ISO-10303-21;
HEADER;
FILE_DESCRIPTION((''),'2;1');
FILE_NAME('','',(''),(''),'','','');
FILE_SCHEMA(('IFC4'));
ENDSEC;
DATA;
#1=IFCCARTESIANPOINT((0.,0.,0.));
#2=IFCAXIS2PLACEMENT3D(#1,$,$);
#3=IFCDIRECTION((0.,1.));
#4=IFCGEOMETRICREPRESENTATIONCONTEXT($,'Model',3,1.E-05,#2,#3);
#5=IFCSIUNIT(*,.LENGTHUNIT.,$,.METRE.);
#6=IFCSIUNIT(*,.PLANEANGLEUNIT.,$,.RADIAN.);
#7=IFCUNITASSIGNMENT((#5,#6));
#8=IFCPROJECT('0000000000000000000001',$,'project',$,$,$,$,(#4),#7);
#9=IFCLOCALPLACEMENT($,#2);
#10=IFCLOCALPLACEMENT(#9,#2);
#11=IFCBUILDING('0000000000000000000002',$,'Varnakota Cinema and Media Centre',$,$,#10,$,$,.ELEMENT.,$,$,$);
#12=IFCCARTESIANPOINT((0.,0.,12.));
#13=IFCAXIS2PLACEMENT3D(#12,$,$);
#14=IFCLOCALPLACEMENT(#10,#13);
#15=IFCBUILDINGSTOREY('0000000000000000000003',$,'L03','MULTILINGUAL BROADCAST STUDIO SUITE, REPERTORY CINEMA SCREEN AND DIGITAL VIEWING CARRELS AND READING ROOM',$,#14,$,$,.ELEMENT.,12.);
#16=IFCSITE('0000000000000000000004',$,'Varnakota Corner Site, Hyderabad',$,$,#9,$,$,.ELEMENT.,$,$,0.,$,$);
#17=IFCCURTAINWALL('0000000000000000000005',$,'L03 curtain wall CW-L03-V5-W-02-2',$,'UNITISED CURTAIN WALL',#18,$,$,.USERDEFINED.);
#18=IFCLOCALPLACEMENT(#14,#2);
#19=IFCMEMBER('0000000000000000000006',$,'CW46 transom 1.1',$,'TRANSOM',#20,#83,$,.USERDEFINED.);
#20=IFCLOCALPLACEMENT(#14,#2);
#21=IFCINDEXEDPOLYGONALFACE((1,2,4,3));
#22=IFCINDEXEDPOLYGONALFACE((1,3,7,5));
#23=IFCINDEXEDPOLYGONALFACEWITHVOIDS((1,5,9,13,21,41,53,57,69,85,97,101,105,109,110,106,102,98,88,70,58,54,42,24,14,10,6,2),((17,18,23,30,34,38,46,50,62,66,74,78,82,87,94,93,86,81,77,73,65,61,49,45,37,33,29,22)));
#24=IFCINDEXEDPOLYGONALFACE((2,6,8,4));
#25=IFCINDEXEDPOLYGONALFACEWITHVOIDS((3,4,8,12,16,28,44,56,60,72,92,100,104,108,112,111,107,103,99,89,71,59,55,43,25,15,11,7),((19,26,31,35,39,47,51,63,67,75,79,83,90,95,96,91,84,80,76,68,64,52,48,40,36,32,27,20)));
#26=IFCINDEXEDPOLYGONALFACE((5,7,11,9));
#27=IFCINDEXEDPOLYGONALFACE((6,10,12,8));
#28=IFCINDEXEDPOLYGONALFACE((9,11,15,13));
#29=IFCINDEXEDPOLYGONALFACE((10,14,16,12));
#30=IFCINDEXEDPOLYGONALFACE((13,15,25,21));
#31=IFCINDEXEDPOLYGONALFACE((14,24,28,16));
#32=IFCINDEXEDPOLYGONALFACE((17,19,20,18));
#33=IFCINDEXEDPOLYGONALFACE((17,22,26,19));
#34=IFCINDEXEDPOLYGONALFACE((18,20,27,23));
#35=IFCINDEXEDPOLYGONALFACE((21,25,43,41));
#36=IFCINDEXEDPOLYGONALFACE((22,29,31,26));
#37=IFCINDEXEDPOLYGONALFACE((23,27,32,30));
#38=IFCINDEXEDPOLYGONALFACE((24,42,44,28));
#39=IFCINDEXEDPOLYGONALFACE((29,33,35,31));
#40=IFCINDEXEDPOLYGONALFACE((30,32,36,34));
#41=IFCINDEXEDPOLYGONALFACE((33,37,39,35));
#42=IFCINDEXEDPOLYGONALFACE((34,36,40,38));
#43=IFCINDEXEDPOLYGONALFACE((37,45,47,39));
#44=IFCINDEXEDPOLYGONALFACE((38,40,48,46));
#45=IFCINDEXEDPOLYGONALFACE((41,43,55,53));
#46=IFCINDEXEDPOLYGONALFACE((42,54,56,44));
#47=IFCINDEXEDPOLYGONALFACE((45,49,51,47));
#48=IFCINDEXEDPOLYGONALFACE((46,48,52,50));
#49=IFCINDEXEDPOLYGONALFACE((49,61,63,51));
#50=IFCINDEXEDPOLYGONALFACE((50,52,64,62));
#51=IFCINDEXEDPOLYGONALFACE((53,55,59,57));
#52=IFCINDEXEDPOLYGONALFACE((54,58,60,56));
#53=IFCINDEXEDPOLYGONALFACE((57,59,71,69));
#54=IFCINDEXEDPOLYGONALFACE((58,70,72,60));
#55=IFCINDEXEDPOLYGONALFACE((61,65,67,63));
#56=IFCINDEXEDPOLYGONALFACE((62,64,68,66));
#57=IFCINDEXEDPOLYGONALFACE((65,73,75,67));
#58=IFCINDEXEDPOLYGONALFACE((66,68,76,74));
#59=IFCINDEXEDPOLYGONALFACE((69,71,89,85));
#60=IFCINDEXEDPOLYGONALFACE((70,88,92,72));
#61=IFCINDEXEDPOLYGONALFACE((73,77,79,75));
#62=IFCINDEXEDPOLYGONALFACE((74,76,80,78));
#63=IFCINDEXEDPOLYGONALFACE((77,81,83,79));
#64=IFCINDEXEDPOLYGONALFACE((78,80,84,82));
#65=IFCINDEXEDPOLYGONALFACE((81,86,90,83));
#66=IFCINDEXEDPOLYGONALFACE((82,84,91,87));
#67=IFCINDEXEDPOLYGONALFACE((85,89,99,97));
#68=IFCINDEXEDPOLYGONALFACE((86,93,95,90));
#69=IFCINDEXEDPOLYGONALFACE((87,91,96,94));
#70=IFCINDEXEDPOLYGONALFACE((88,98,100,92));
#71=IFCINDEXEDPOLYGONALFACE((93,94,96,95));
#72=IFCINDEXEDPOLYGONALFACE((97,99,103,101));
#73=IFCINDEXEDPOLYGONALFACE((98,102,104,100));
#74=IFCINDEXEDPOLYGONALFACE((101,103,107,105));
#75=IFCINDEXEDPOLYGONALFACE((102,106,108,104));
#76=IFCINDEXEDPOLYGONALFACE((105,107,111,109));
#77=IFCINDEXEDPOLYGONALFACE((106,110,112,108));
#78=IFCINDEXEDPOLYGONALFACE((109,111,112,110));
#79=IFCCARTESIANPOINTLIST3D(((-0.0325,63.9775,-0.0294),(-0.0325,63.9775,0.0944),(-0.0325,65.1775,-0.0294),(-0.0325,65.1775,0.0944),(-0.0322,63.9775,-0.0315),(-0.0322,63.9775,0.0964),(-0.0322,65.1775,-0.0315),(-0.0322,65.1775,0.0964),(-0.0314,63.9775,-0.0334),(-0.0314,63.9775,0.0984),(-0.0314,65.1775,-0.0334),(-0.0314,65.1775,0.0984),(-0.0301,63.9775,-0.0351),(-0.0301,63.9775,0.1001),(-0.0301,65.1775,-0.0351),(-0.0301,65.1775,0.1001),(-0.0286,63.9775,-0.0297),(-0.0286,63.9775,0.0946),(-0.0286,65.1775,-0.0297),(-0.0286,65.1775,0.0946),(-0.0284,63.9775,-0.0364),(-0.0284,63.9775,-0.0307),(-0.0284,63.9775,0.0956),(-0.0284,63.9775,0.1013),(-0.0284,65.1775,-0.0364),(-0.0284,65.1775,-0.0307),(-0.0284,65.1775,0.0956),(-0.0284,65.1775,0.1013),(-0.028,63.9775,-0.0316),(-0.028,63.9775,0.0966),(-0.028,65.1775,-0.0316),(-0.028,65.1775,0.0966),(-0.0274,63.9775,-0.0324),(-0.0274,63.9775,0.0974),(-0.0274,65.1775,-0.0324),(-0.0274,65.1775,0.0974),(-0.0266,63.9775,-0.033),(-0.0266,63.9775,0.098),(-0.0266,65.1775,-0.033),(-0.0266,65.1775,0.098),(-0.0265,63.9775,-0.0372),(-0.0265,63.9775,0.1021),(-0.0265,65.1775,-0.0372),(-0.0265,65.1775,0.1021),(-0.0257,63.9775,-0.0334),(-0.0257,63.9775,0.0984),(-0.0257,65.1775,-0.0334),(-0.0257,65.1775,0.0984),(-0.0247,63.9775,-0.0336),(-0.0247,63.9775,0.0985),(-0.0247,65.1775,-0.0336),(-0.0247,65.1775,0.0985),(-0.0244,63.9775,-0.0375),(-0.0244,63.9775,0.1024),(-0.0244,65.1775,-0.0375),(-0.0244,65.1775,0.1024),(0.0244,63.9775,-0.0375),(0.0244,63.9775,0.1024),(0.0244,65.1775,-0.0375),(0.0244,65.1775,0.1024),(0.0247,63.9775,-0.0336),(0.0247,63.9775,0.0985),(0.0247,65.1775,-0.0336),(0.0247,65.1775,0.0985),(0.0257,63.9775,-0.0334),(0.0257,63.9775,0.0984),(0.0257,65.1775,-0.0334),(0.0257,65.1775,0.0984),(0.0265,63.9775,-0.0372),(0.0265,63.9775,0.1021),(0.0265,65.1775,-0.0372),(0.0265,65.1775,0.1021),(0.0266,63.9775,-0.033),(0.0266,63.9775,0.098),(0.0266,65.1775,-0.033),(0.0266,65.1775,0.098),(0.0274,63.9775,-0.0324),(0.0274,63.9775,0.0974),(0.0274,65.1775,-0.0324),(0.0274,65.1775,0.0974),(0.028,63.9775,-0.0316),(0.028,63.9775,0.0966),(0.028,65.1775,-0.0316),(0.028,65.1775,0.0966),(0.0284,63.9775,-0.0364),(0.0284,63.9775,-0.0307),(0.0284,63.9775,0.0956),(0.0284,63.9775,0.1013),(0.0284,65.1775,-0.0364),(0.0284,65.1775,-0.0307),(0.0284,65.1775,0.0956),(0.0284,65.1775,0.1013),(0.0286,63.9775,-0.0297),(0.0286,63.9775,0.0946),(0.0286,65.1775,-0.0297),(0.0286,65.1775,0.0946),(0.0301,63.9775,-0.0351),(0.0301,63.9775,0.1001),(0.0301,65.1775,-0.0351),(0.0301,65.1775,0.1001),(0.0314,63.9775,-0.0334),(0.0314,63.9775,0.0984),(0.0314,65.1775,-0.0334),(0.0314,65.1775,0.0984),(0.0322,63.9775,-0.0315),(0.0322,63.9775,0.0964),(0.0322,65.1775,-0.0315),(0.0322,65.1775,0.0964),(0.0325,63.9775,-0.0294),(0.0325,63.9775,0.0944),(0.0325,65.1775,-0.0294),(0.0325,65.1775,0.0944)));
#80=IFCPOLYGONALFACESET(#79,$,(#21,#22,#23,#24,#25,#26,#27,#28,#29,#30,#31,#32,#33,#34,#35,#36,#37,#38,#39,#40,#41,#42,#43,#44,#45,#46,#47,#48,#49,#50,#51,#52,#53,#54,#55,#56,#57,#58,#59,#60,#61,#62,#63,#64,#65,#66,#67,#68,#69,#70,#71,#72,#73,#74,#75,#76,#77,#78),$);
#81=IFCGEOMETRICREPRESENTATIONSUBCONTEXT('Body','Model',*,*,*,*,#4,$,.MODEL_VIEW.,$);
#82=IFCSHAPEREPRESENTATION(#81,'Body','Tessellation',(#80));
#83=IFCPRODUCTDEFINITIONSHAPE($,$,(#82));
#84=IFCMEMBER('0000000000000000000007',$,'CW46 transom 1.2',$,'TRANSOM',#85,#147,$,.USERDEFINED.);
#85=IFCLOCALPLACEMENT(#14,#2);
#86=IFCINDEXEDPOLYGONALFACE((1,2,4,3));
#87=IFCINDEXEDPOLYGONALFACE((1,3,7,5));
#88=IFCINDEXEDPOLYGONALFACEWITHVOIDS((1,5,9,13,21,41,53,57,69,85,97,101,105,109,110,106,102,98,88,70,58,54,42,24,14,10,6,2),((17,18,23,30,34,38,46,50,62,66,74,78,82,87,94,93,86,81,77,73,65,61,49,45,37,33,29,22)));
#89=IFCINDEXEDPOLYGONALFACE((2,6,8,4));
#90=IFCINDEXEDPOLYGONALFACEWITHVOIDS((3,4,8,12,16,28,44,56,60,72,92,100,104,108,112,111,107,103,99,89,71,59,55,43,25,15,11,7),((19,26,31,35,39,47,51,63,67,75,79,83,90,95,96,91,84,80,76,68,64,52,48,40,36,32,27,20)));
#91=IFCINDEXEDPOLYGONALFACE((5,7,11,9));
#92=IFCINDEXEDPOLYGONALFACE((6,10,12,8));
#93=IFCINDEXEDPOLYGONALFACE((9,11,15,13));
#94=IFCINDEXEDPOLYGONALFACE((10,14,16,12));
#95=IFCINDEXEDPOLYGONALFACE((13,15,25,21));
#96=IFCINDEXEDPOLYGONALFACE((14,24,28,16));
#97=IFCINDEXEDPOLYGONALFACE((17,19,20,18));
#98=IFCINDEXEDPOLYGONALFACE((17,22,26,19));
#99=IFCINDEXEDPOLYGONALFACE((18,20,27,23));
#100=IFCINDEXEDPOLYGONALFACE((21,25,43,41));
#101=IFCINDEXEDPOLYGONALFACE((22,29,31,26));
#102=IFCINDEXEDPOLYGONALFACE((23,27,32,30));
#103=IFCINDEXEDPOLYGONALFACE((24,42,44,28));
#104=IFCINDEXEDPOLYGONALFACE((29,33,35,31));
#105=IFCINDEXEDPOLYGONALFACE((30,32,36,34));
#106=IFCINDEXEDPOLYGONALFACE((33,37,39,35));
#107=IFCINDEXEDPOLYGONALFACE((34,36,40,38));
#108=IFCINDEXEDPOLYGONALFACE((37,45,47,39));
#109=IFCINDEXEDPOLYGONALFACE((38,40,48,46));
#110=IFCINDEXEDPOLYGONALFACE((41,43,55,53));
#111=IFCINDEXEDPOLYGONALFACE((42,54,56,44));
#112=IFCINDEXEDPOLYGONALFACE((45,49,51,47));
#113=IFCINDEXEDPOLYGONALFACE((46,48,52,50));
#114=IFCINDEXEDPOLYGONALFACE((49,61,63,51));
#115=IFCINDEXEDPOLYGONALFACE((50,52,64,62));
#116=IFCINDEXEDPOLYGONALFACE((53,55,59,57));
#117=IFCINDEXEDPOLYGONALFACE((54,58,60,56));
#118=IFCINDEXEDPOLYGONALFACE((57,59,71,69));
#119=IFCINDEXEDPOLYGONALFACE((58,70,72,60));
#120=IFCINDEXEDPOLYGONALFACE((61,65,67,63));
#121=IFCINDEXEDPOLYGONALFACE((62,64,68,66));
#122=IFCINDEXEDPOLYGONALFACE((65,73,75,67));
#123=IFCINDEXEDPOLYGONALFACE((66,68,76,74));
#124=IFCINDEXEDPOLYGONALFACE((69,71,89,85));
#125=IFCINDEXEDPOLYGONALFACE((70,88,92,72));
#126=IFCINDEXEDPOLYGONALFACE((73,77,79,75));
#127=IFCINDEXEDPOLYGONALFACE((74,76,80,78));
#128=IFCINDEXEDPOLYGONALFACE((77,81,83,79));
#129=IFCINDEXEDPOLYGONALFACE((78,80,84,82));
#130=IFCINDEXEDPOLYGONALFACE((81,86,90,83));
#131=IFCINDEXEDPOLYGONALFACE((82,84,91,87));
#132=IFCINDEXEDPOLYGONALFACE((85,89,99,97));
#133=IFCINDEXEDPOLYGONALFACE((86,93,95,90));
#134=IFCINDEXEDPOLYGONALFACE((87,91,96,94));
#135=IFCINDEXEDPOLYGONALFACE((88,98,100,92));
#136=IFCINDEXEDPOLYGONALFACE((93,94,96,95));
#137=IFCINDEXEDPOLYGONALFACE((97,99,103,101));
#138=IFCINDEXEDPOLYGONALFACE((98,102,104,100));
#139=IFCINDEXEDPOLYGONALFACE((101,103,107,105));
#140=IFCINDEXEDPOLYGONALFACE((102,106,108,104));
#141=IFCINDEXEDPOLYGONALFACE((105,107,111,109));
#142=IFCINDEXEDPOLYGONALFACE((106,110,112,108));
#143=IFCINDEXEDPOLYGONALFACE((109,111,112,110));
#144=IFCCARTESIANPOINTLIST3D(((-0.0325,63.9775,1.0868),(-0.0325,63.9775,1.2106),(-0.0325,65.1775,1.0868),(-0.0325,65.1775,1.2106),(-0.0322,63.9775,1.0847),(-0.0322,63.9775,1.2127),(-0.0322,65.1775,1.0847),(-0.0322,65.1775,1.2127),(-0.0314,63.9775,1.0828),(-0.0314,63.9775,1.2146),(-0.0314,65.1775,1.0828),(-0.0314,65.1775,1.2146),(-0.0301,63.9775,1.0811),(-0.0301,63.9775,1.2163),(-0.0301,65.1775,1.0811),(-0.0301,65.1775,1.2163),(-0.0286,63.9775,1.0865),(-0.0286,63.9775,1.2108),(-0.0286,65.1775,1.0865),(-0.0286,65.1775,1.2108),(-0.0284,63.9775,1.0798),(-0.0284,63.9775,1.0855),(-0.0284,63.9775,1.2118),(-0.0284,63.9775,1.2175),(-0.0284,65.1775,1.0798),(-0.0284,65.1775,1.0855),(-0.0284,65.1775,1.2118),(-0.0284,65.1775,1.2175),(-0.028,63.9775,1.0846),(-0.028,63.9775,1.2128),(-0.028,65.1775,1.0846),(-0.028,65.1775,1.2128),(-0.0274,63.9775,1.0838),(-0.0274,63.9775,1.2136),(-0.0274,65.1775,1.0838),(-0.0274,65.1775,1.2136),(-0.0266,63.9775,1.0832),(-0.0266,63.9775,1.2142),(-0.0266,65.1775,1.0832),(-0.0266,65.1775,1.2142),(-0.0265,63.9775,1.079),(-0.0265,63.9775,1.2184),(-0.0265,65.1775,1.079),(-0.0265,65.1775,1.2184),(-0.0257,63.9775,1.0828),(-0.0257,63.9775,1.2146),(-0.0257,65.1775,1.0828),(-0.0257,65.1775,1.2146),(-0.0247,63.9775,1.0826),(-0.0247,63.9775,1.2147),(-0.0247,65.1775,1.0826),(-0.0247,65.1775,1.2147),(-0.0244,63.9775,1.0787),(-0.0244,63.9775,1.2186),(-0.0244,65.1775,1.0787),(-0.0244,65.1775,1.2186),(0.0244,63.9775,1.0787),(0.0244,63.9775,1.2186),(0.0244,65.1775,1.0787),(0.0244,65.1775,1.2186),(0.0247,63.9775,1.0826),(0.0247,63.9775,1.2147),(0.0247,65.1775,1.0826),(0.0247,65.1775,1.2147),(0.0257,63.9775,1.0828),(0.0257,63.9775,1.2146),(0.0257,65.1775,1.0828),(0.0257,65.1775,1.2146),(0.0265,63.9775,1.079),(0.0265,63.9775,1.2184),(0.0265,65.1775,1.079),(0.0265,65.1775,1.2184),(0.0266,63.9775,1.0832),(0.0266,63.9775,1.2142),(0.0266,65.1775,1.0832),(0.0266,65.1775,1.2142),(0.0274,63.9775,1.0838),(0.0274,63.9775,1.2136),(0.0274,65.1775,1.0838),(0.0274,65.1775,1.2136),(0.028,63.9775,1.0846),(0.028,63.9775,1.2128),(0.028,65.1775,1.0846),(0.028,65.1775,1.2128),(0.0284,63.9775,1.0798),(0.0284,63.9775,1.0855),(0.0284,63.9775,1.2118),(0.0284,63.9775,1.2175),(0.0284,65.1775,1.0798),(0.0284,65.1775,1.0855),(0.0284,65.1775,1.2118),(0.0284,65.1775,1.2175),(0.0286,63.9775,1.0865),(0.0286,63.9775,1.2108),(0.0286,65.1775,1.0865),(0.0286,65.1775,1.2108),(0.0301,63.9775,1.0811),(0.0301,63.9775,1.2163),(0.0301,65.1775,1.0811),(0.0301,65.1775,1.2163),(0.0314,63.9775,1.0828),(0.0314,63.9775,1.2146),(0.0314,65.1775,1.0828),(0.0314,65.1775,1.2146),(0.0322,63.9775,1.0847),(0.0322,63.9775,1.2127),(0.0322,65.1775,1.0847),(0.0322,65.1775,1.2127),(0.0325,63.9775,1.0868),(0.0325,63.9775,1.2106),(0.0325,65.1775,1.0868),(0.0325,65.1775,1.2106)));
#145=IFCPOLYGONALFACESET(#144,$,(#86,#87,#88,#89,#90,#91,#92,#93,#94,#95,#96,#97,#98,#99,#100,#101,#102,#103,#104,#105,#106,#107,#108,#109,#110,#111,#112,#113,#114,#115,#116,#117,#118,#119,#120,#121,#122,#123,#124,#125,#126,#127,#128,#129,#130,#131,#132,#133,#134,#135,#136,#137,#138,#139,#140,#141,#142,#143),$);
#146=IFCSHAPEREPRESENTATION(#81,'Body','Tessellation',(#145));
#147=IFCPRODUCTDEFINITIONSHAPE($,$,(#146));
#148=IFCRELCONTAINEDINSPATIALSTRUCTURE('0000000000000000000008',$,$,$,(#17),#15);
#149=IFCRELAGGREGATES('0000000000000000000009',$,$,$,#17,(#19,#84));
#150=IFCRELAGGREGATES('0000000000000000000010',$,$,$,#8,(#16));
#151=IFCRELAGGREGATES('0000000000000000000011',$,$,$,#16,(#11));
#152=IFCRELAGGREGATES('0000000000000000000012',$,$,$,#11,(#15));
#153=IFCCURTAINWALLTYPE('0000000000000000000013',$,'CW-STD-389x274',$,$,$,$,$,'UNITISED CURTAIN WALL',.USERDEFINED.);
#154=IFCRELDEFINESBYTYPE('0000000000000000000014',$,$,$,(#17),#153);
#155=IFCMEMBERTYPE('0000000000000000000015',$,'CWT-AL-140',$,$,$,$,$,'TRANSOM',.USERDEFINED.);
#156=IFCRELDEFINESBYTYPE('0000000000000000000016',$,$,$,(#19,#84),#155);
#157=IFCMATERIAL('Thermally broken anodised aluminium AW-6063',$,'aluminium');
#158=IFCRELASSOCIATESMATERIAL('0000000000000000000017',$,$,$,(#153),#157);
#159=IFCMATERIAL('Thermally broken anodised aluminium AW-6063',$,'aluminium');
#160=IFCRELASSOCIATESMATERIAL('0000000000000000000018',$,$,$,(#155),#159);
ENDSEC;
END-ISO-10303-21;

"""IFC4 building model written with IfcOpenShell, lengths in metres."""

from ifc_helpers import new_model, si_unit, direction, frame, origin, origin_2d, place, context, subcontext, project, spatial, hollow_rectangle, extrude, material, material_profile, profile_set, type_object, element, aggregate, save


model = new_model("IFC4")

# Units and contexts
model_context = context("Model", 3, precision=1e-05, world=origin(), true_north=direction((0.0, 1.0)))
body_context = subcontext(model_context, "Body", "Model", "MODEL_VIEW")
ifc_project = project(units=[si_unit("LENGTHUNIT", "METRE"), si_unit("PLANEANGLEUNIT", "RADIAN")], contexts=[model_context])

# Site, building, storey
site_placement = place(None, origin())
site = spatial("IfcSite", under=ifc_project, at=site_placement, Name="Varnakota Corner Site, Hyderabad", CompositionType="ELEMENT", RefElevation=0.0)
building_placement = place(site_placement, origin())
building = spatial("IfcBuilding", under=site, at=building_placement, Name="Varnakota Cinema and Media Centre", CompositionType="ELEMENT")
storey_placement = place(building_placement, frame((0.0, 0.0, 12.0)))
storey = spatial("IfcBuildingStorey", under=building, at=storey_placement, Name="L03", Description="MULTILINGUAL BROADCAST STUDIO SUITE, REPERTORY CINEMA SCREEN AND DIGITAL VIEWING CARRELS AND READING ROOM", CompositionType="ELEMENT", Elevation=12.0)

# Shared definitions
ifc_material_1 = material(Name="Thermally broken anodised aluminium AW-6063", Category="aluminium")
curtain_wall_type = type_object("IfcCurtainWallType", Name="CW-STD-389x274", ElementType="UNITISED CURTAIN WALL", PredefinedType="USERDEFINED", material=ifc_material_1)

# Curtain wall, members
curtain_wall_1_placement = place(storey_placement, origin())
curtain_wall_1 = element("IfcCurtainWall", 1, at=curtain_wall_1_placement, inside=storey, type_object=curtain_wall_type, Name="L03 curtain wall CW-L03-V5-W-02-2", ObjectType="UNITISED CURTAIN WALL", PredefinedType="USERDEFINED")
ifc_material_2 = material(Name="Thermally broken anodised aluminium AW-6063", Category="aluminium")
ifc_material_profile_1 = material_profile(ifc_material_2, hollow_rectangle(XDim=0.0649, YDim=0.1399, WallThickness=0.0039, InnerFilletRadius=0.0039, OuterFilletRadius=0.0081, at=origin_2d()), Name="AL-TRANSOM 140x65x4")
ifc_profile_set_1 = profile_set([ifc_material_profile_1], Name="Thermally broken anodised aluminium AW-6063")
member_type_1 = type_object("IfcMemberType", Name="CWT-AL-140", ElementType="TRANSOM", PredefinedType="USERDEFINED", material=ifc_profile_set_1)
member_1_placement = place(storey_placement, frame((0.0, 65.1775, 0.0325), z_axis=(0.0, -1.0, 0.0), x_axis=(1.0, 0.0, 0.0)))
member_1 = element("IfcMember", 2, at=member_1_placement, type_object=member_type_1, Name="CW46 transom 1.1", ObjectType="TRANSOM", PredefinedType="USERDEFINED", context=body_context, shape_type="SweptSolid", body=[
    extrude(hollow_rectangle(XDim=0.0649, YDim=0.1399, WallThickness=0.0039, InnerFilletRadius=0.0039, OuterFilletRadius=0.0081, at=origin_2d()), origin(), (0.0, 0.0, 1.0), 1.2),
])
member_2_placement = place(storey_placement, frame((0.0, 65.1775, 1.1487), z_axis=(0.0, -1.0, 0.0), x_axis=(1.0, 0.0, 0.0)))
member_2 = element("IfcMember", 3, at=member_2_placement, type_object=member_type_1, Name="CW46 transom 1.2", ObjectType="TRANSOM", PredefinedType="USERDEFINED", context=body_context, shape_type="SweptSolid", body=[
    extrude(hollow_rectangle(XDim=0.0649, YDim=0.1399, WallThickness=0.0039, InnerFilletRadius=0.0039, OuterFilletRadius=0.0081, at=origin_2d()), origin(), (0.0, 0.0, 1.0), 1.2),
])

aggregate(curtain_wall_1, [member_1, member_2])

save(model, "model.ifc")
